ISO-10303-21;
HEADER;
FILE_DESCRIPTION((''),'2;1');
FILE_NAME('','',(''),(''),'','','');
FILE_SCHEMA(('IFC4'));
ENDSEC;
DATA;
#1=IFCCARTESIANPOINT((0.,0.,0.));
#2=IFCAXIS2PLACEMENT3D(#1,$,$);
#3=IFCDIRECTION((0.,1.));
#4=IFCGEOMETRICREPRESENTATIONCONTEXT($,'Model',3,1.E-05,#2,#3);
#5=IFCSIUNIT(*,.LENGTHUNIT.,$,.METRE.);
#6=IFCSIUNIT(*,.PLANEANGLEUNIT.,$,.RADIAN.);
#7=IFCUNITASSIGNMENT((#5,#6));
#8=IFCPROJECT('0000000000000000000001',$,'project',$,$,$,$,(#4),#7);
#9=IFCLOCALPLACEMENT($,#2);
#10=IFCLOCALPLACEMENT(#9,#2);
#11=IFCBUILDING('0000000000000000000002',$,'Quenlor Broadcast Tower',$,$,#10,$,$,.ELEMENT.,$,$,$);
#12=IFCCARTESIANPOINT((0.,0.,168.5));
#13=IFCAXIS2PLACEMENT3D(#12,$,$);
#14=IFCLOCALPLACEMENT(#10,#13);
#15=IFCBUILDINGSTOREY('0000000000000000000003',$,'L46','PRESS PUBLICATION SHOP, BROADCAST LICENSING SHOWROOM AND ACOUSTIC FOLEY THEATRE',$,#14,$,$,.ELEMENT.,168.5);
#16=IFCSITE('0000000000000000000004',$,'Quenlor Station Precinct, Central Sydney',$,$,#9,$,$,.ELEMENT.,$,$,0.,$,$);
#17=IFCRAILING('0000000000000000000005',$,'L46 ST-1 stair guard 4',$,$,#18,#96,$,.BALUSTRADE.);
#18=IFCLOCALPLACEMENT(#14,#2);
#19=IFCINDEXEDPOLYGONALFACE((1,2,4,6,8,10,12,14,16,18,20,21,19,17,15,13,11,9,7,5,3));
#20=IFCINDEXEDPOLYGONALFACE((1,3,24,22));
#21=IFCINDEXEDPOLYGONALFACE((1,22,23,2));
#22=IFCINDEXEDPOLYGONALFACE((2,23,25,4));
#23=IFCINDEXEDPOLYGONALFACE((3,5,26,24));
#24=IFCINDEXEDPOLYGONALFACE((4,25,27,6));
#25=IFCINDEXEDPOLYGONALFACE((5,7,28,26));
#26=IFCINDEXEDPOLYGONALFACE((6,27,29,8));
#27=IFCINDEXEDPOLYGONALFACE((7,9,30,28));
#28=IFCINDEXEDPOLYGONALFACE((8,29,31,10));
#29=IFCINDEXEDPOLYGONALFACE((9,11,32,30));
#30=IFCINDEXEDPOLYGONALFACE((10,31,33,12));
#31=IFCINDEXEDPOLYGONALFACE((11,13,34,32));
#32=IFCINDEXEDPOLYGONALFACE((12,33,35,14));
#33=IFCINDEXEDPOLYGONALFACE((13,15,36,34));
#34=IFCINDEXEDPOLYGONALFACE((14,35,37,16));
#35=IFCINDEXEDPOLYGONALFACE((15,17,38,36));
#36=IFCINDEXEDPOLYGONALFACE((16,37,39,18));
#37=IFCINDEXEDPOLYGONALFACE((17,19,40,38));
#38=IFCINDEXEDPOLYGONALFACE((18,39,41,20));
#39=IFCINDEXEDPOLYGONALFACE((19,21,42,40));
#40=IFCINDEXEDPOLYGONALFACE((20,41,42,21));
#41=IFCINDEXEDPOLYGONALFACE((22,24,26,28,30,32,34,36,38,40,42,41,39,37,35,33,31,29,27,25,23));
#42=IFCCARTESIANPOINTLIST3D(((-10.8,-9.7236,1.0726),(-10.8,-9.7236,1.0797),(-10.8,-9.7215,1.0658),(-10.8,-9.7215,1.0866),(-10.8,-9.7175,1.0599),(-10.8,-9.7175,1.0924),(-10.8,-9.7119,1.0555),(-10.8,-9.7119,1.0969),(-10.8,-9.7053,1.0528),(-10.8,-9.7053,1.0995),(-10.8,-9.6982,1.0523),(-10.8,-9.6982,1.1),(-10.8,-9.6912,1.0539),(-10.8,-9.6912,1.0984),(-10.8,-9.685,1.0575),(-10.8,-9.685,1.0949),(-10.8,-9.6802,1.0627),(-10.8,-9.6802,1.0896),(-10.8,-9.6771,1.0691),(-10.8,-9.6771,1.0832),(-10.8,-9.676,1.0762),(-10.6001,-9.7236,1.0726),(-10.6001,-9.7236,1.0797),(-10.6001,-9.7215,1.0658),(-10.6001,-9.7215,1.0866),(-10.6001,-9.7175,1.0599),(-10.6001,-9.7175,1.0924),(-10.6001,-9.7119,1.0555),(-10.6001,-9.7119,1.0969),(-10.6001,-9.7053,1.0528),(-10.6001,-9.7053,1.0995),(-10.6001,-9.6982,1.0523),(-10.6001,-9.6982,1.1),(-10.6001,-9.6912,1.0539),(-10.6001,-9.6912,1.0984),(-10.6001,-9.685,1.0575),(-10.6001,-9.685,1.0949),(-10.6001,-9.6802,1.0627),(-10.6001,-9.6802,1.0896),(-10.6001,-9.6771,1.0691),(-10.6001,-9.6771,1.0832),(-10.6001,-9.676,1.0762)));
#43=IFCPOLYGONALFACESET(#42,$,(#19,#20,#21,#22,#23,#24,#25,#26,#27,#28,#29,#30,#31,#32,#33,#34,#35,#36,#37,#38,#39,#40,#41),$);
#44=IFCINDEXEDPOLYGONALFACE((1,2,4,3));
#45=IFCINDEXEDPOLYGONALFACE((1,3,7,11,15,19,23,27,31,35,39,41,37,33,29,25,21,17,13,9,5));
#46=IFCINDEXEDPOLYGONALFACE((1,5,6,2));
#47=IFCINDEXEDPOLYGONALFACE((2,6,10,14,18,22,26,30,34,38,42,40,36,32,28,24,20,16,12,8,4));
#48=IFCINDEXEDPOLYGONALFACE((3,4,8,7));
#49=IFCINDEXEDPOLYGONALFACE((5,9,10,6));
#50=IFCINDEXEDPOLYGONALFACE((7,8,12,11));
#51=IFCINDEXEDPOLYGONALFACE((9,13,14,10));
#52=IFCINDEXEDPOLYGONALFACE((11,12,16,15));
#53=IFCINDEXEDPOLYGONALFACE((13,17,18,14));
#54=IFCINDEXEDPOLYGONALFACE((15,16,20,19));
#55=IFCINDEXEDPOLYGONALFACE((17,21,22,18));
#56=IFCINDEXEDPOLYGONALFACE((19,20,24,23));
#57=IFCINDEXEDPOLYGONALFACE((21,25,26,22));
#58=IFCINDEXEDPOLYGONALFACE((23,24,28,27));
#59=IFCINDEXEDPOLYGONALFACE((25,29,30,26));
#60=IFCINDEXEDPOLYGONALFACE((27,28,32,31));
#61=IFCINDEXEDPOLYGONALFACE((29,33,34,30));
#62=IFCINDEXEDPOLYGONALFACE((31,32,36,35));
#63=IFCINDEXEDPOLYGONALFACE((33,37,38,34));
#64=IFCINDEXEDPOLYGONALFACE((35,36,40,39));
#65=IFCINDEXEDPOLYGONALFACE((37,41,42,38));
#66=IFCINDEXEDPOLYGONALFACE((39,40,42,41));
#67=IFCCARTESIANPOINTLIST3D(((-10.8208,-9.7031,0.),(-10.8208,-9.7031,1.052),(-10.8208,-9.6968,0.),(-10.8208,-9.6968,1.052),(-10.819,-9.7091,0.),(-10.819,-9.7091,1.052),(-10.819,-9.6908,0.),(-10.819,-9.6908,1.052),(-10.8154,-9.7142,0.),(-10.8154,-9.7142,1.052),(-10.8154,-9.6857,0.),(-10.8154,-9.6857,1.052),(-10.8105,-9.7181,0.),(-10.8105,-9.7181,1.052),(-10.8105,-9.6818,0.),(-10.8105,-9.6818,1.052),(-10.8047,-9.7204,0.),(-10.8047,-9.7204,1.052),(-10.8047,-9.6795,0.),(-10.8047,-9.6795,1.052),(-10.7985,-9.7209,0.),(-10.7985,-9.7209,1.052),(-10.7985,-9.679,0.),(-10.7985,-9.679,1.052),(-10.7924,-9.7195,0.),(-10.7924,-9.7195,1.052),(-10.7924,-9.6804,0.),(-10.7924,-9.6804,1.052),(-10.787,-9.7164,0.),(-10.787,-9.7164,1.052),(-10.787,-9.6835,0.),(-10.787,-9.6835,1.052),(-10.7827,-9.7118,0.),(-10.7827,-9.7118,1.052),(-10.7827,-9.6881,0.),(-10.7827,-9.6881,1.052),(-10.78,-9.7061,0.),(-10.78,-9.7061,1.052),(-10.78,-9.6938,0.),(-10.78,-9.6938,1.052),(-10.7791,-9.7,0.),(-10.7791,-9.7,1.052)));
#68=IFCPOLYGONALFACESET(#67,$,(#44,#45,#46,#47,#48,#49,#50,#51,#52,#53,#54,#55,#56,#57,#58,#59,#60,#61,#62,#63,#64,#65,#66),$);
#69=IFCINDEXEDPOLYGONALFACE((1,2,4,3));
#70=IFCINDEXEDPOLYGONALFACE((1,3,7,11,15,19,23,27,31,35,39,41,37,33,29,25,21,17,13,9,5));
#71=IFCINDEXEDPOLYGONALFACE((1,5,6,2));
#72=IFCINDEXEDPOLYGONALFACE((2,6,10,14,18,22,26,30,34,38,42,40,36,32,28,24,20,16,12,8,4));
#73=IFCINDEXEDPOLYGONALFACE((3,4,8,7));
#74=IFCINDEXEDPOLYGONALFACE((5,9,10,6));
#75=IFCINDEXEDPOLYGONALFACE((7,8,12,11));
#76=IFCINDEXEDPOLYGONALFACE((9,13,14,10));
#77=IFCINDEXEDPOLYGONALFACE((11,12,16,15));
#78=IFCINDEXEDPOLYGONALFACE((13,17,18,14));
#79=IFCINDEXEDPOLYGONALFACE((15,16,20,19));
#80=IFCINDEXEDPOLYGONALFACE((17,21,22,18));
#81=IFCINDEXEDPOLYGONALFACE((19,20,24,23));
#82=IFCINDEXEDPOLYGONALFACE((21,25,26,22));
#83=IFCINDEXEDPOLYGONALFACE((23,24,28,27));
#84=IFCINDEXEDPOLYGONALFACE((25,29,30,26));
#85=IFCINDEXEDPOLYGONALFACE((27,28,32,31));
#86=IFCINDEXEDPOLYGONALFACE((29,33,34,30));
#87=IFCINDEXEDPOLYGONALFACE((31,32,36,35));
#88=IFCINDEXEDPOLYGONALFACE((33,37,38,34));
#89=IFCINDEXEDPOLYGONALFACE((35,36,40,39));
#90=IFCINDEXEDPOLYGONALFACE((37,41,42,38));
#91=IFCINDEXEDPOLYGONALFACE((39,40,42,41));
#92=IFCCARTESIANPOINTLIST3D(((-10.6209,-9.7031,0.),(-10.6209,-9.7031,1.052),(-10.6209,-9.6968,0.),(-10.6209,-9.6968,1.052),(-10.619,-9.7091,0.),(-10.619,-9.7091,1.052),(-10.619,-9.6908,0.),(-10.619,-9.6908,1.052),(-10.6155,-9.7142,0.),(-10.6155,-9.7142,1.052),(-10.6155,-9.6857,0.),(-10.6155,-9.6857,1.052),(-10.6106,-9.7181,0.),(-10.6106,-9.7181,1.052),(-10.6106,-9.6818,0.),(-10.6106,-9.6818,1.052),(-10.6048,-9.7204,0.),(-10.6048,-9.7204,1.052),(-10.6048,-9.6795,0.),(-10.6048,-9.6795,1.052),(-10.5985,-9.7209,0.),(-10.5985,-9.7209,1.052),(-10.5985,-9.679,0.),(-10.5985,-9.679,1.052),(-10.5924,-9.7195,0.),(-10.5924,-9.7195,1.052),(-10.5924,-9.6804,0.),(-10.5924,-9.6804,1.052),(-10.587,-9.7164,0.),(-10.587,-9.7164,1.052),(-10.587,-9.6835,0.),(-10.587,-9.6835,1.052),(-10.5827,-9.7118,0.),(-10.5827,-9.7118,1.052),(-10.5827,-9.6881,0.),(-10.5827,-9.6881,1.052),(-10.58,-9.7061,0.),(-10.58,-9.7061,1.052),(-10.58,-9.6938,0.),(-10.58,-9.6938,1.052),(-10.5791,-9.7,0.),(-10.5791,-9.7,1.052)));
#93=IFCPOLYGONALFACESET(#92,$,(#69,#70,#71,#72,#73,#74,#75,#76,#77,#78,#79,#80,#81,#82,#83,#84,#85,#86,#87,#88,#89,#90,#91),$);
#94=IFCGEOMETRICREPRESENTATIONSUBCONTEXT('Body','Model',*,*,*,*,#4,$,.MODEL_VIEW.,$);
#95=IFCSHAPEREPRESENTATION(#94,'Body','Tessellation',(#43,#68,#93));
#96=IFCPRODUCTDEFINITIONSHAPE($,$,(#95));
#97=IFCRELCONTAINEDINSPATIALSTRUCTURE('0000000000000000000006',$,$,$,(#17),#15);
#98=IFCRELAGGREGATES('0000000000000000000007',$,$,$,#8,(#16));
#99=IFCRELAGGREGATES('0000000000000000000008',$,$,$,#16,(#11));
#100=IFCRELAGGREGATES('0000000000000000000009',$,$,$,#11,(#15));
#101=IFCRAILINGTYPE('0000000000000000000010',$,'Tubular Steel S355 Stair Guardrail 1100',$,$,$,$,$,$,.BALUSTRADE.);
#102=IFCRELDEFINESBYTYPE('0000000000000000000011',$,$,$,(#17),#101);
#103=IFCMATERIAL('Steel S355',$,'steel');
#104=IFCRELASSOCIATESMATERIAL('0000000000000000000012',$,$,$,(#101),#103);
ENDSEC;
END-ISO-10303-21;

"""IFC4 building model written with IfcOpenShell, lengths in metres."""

from ifc_helpers import new_model, si_unit, direction, frame, origin, origin_2d, place, context, subcontext, project, spatial, circle, extrude, material, type_object, element, save


model = new_model("IFC4")

# Units and contexts
model_context = context("Model", 3, precision=1e-05, world=origin(), true_north=direction((0.0, 1.0)))
body_context = subcontext(model_context, "Body", "Model", "MODEL_VIEW")
ifc_project = project(units=[si_unit("LENGTHUNIT", "METRE"), si_unit("PLANEANGLEUNIT", "RADIAN")], contexts=[model_context])

# Site, building, storey
site_placement = place(None, origin())
site = spatial("IfcSite", under=ifc_project, at=site_placement, Name="Quenlor Station Precinct, Central Sydney", CompositionType="ELEMENT", RefElevation=0.0)
building_placement = place(site_placement, origin())
building = spatial("IfcBuilding", under=site, at=building_placement, Name="Quenlor Broadcast Tower", CompositionType="ELEMENT")
storey_placement = place(building_placement, frame((0.0, 0.0, 168.5)))
storey = spatial("IfcBuildingStorey", under=building, at=storey_placement, Name="L46", Description="PRESS PUBLICATION SHOP, BROADCAST LICENSING SHOWROOM AND ACOUSTIC FOLEY THEATRE", CompositionType="ELEMENT", Elevation=168.5)

# Railing
ifc_material_1 = material(Name="Steel S355", Category="steel")
railing_type_1 = type_object("IfcRailingType", Name="Tubular Steel S355 Stair Guardrail 1100", PredefinedType="BALUSTRADE", material=ifc_material_1)
railing_1_placement = place(storey_placement, frame((-10.8, -9.7, 0.0)))
element("IfcRailing", 1, at=railing_1_placement, inside=storey, type_object=railing_type_1, Name="L46 ST-1 stair guard 4", PredefinedType="BALUSTRADE", context=body_context, shape_type="SweptSolid", body=[
    extrude(circle(Radius=0.0239, at=origin_2d()), frame((0.0, 0.0, 1.0762), z_axis=(1.0, 0.0, 0.0), x_axis=(0.0, 1.0, 0.0)), (0.0, 0.0, 1.0), 0.2),
    extrude(circle(Radius=0.021, at=origin_2d()), origin(), (0.0, 0.0, 1.0), 1.052),
    extrude(circle(Radius=0.021, at=origin_2d()), frame((0.2, 0.0, 0.0)), (0.0, 0.0, 1.0), 1.052),
])

save(model, "model.ifc")
